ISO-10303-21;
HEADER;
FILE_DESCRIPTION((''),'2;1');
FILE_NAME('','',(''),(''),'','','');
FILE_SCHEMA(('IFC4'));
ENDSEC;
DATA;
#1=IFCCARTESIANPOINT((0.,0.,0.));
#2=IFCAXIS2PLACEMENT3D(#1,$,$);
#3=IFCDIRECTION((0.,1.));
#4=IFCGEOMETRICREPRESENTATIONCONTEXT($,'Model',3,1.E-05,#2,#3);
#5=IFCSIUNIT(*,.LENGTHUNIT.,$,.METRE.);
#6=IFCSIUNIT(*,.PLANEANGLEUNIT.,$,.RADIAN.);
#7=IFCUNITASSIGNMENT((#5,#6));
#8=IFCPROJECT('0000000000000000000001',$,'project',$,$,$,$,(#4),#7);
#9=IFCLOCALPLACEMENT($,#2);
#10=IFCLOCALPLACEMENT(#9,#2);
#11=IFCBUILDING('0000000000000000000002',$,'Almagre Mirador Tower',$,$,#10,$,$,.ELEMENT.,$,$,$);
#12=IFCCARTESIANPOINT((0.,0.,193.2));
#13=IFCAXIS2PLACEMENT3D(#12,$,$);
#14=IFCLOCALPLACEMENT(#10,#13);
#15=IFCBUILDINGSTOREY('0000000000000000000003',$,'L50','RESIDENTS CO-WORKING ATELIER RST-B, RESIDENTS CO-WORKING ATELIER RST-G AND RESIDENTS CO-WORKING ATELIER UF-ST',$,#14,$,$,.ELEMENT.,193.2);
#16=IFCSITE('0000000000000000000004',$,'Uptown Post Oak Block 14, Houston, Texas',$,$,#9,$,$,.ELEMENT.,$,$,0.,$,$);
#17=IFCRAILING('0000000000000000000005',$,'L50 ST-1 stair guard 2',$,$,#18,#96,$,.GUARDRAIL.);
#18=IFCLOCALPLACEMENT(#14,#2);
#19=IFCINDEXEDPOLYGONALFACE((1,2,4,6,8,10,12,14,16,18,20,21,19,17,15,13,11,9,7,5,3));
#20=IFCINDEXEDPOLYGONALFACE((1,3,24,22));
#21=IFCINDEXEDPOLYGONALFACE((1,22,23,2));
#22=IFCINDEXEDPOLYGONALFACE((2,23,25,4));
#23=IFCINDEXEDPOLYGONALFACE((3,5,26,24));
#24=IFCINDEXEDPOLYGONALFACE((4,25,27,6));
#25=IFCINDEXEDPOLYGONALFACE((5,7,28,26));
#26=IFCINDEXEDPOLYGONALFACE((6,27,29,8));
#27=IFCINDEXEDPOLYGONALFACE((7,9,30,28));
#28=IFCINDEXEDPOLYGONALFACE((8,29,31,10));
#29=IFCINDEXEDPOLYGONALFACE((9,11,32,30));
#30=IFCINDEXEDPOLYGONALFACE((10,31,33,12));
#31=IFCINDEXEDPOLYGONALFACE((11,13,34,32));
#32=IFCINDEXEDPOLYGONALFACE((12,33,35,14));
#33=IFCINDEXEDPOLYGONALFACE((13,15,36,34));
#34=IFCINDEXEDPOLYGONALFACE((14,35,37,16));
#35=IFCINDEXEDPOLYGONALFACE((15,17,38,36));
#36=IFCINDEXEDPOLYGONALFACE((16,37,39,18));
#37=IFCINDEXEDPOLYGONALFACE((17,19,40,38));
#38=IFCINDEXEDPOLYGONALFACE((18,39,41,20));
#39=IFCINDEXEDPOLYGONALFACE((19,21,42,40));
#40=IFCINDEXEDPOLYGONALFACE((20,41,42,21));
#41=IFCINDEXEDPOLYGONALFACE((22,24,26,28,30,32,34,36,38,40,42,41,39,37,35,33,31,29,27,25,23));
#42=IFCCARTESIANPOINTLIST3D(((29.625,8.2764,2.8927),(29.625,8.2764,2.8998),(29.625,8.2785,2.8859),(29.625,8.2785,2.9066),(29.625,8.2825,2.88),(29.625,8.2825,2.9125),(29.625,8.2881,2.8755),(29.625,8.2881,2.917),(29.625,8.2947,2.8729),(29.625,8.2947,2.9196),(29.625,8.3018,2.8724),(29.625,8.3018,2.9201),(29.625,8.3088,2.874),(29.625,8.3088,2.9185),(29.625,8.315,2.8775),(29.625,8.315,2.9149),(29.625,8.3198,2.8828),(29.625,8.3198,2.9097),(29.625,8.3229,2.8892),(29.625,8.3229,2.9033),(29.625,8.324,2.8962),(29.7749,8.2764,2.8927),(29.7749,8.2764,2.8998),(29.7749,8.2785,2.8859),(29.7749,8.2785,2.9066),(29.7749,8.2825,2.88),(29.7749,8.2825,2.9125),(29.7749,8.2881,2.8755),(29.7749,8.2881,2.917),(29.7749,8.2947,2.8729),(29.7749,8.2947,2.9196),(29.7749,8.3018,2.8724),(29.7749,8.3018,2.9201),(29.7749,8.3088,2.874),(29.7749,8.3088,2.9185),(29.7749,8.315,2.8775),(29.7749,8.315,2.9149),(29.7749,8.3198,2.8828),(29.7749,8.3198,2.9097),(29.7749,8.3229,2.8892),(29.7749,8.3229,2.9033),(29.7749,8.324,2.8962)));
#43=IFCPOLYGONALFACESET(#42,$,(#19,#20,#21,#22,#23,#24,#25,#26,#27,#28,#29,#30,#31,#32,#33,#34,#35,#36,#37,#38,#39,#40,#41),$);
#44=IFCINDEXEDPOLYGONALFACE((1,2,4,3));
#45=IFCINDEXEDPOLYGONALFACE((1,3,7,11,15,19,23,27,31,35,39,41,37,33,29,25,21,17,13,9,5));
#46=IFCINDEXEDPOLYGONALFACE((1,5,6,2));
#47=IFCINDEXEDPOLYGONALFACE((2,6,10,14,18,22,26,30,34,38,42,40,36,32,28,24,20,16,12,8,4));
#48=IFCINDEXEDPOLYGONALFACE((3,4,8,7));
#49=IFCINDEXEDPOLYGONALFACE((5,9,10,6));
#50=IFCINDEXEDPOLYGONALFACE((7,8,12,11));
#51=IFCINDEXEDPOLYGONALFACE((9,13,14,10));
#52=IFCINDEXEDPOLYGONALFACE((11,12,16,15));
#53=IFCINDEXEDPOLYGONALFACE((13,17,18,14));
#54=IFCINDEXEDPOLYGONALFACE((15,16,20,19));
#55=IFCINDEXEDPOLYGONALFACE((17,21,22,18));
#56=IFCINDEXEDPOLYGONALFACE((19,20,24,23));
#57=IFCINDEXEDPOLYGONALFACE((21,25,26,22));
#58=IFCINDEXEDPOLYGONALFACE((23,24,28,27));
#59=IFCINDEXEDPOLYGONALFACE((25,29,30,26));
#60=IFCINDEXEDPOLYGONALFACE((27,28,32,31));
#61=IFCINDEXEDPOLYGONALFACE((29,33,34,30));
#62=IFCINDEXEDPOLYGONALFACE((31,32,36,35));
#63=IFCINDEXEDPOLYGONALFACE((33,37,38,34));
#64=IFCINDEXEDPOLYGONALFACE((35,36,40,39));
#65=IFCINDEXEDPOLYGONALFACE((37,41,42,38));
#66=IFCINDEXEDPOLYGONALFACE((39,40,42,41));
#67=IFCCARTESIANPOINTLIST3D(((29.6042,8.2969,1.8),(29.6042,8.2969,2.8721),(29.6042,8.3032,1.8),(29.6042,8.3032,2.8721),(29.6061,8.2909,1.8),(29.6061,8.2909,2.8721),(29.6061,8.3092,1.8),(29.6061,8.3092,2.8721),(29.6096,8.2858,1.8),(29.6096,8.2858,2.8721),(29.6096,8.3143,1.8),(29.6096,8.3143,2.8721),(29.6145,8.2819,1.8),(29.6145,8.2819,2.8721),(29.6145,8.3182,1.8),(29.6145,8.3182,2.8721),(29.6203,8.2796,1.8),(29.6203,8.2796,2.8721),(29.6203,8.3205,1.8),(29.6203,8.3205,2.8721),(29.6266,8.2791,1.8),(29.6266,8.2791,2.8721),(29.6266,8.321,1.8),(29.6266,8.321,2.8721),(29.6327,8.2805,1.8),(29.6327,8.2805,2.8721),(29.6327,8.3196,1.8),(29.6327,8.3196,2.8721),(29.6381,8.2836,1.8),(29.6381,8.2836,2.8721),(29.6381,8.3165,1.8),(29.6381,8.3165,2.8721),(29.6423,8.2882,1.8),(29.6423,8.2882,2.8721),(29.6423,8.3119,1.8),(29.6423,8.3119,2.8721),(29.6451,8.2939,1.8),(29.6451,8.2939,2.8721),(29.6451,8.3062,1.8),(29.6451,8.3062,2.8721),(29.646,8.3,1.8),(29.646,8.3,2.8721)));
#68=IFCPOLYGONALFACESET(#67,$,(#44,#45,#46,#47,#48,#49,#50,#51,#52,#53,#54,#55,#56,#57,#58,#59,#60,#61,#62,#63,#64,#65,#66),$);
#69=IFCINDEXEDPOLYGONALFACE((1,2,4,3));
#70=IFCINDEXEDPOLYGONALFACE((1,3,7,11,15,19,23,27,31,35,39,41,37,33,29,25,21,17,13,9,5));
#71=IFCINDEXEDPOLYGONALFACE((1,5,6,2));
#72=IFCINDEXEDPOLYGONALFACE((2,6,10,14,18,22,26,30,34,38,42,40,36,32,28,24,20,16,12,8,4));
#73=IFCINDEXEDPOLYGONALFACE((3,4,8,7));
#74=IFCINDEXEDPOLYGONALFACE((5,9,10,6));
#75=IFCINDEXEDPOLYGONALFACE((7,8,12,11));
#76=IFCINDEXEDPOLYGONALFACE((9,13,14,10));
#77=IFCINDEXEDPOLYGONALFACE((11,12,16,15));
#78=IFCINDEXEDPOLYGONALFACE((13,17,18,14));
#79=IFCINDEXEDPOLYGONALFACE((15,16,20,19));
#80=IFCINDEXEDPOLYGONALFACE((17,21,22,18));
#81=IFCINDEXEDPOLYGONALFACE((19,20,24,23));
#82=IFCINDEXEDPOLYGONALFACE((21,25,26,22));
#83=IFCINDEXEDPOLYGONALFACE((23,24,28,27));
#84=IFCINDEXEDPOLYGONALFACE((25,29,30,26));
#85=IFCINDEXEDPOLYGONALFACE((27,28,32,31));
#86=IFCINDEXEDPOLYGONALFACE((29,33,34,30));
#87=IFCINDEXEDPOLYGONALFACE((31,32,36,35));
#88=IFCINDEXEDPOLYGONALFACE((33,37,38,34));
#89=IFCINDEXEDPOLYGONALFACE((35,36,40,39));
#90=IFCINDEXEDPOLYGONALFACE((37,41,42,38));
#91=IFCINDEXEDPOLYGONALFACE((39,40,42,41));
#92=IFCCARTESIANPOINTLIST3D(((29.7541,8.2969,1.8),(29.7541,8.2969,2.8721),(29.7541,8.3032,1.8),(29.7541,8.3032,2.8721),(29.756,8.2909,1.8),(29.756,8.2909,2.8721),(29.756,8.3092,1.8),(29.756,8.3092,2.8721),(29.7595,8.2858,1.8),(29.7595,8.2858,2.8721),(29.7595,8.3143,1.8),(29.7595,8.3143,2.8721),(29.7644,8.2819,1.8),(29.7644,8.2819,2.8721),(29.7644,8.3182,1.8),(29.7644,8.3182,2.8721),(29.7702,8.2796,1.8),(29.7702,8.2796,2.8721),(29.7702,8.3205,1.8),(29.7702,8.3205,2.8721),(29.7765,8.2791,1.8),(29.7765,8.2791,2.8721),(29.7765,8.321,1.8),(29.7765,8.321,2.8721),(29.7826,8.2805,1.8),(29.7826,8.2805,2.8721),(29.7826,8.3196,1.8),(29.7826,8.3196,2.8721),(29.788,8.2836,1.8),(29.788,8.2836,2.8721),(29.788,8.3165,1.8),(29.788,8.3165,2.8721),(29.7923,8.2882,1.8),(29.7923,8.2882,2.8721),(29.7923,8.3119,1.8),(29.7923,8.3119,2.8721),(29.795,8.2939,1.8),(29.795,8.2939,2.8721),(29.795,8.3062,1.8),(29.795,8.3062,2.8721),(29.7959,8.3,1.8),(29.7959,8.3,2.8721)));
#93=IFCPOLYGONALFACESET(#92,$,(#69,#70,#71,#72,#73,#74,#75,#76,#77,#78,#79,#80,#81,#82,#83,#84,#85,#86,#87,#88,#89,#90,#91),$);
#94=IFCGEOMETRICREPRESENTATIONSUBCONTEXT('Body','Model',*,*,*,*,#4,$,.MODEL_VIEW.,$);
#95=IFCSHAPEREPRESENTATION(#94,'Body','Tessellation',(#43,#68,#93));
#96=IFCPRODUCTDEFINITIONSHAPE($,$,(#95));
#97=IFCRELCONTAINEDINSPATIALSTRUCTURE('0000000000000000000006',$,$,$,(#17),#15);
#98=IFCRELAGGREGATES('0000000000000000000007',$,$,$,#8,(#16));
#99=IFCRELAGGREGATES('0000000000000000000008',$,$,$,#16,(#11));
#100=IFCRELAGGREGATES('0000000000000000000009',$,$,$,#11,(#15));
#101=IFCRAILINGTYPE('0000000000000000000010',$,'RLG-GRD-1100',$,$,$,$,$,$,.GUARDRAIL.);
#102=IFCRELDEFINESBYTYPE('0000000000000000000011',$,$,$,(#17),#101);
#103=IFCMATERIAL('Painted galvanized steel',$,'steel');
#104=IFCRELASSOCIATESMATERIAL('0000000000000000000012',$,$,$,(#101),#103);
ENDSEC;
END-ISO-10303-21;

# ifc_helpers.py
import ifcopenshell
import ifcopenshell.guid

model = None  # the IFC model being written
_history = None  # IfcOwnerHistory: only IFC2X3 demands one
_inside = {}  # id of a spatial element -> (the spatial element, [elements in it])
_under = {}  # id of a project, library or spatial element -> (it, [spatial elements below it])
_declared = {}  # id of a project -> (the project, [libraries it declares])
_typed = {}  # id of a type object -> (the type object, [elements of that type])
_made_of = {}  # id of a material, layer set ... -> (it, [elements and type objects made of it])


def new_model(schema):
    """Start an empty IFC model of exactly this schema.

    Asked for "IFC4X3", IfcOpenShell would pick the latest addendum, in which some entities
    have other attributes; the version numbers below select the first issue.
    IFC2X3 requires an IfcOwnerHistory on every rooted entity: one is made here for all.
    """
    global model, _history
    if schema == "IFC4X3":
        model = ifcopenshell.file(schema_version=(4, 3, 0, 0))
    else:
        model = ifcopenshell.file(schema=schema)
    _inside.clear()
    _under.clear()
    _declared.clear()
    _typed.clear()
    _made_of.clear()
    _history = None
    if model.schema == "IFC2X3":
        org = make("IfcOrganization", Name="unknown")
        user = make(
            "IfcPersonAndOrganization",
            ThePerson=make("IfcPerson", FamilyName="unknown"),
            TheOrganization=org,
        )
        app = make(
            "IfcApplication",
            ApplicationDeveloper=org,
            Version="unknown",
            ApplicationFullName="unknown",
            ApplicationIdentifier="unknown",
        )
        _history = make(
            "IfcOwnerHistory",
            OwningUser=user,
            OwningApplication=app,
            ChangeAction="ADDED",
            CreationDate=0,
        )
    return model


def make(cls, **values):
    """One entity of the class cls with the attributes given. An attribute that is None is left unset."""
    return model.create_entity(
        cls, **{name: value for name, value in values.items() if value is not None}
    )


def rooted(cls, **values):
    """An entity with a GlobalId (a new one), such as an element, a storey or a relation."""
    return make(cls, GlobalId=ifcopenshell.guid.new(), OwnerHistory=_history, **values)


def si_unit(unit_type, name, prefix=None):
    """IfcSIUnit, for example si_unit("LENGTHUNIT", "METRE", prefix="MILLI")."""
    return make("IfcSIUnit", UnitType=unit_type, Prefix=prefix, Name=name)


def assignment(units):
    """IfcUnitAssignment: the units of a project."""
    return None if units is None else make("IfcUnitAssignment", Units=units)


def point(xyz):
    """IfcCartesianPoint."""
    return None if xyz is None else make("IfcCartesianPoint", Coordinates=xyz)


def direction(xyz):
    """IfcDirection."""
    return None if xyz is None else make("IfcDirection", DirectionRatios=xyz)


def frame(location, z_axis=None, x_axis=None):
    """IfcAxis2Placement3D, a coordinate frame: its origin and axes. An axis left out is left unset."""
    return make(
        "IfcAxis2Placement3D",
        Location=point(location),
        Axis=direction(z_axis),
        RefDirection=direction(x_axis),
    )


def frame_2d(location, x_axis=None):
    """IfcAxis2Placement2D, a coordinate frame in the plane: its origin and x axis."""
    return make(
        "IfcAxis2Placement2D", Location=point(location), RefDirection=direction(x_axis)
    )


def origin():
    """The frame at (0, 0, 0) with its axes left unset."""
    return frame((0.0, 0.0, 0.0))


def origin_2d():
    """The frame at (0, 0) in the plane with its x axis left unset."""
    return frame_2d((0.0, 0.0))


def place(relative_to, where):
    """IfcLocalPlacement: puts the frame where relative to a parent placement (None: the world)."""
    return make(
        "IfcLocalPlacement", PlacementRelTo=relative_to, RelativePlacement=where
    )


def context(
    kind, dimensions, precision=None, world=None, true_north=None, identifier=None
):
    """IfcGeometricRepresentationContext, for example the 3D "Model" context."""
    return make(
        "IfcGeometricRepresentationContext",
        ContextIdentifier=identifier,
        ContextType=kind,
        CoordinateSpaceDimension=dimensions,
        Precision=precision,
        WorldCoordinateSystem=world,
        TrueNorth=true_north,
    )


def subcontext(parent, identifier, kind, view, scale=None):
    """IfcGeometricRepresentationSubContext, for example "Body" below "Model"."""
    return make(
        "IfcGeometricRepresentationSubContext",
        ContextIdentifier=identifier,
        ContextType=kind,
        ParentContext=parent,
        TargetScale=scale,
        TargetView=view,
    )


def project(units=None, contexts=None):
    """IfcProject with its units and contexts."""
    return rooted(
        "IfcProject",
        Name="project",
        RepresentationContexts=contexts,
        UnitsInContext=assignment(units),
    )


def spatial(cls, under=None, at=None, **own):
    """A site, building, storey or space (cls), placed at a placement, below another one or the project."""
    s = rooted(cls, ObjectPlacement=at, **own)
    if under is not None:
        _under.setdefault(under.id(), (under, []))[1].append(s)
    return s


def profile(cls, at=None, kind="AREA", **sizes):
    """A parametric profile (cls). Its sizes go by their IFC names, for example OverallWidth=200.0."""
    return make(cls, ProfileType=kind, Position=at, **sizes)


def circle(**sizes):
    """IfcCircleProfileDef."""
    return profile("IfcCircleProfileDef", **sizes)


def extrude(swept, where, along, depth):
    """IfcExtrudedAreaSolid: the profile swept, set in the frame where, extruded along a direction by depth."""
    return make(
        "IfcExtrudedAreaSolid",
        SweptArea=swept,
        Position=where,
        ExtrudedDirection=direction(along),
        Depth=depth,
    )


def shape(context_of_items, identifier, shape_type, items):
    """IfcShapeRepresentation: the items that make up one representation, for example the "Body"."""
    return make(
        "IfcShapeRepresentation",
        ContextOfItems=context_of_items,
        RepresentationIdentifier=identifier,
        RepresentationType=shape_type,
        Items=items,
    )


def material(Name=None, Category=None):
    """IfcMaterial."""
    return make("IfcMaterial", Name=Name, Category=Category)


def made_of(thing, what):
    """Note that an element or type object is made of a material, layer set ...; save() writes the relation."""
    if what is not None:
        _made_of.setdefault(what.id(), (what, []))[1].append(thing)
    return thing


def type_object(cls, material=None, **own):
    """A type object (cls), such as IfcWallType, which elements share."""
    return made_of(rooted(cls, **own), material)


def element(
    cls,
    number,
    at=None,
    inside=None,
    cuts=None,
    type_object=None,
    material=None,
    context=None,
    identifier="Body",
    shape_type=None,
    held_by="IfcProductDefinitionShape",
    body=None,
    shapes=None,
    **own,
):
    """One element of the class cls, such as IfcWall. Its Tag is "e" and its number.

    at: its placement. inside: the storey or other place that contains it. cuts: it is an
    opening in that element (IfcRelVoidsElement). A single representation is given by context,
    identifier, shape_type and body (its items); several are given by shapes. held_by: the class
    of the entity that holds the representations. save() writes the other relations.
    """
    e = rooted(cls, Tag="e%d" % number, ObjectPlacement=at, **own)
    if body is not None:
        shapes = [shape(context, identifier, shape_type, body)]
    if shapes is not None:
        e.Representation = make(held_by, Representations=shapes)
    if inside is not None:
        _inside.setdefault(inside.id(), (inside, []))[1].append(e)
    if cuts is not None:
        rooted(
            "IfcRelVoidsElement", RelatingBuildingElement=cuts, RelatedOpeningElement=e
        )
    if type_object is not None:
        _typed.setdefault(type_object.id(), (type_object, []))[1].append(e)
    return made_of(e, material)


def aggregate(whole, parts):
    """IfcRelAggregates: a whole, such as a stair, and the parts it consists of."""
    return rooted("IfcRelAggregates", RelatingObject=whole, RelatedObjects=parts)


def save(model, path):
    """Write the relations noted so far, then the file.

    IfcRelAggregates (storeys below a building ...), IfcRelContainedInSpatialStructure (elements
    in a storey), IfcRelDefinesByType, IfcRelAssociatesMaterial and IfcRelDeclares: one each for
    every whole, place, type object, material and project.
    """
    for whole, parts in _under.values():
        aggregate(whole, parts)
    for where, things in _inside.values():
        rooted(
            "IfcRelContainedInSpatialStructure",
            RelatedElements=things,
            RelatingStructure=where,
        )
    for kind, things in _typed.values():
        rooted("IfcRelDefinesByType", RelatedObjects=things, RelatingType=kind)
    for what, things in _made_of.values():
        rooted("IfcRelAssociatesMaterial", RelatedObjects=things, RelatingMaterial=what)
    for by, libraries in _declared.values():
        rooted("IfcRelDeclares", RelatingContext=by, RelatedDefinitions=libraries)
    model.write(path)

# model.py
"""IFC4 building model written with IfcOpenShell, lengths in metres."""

from ifc_helpers import new_model, si_unit, direction, frame, origin, origin_2d, place, context, subcontext, project, spatial, circle, extrude, material, type_object, element, save


model = new_model("IFC4")

# Units and contexts
model_context = context("Model", 3, precision=1e-05, world=origin(), true_north=direction((0.0, 1.0)))
body_context = subcontext(model_context, "Body", "Model", "MODEL_VIEW")
ifc_project = project(units=[si_unit("LENGTHUNIT", "METRE"), si_unit("PLANEANGLEUNIT", "RADIAN")], contexts=[model_context])

# Site, building, storey
site_placement = place(None, origin())
site = spatial("IfcSite", under=ifc_project, at=site_placement, Name="Uptown Post Oak Block 14, Houston, Texas", CompositionType="ELEMENT", RefElevation=0.0)
building_placement = place(site_placement, origin())
building = spatial("IfcBuilding", under=site, at=building_placement, Name="Almagre Mirador Tower", CompositionType="ELEMENT")
storey_placement = place(building_placement, frame((0.0, 0.0, 193.2)))
storey = spatial("IfcBuildingStorey", under=building, at=storey_placement, Name="L50", Description="RESIDENTS CO-WORKING ATELIER RST-B, RESIDENTS CO-WORKING ATELIER RST-G AND RESIDENTS CO-WORKING ATELIER UF-ST", CompositionType="ELEMENT", Elevation=193.2)

# Railing
ifc_material_1 = material(Name="Painted galvanized steel", Category="steel")
railing_type_1 = type_object("IfcRailingType", Name="RLG-GRD-1100", PredefinedType="GUARDRAIL", material=ifc_material_1)
railing_1_placement = place(storey_placement, frame((29.625, 8.3, 1.8)))
element("IfcRailing", 1, at=railing_1_placement, inside=storey, type_object=railing_type_1, Name="L50 ST-1 stair guard 2", PredefinedType="GUARDRAIL", context=body_context, shape_type="SweptSolid", body=[
    extrude(circle(Radius=0.0239, at=origin_2d()), frame((0.0, 0.0, 1.0962), z_axis=(1.0, 0.0, 0.0), x_axis=(0.0, 1.0, 0.0)), (0.0, 0.0, 1.0), 0.1499),
    extrude(circle(Radius=0.021, at=origin_2d()), origin(), (0.0, 0.0, 1.0), 1.072),
    extrude(circle(Radius=0.021, at=origin_2d()), frame((0.1499, 0.0, 0.0)), (0.0, 0.0, 1.0), 1.072),
])

save(model, "model.ifc")
